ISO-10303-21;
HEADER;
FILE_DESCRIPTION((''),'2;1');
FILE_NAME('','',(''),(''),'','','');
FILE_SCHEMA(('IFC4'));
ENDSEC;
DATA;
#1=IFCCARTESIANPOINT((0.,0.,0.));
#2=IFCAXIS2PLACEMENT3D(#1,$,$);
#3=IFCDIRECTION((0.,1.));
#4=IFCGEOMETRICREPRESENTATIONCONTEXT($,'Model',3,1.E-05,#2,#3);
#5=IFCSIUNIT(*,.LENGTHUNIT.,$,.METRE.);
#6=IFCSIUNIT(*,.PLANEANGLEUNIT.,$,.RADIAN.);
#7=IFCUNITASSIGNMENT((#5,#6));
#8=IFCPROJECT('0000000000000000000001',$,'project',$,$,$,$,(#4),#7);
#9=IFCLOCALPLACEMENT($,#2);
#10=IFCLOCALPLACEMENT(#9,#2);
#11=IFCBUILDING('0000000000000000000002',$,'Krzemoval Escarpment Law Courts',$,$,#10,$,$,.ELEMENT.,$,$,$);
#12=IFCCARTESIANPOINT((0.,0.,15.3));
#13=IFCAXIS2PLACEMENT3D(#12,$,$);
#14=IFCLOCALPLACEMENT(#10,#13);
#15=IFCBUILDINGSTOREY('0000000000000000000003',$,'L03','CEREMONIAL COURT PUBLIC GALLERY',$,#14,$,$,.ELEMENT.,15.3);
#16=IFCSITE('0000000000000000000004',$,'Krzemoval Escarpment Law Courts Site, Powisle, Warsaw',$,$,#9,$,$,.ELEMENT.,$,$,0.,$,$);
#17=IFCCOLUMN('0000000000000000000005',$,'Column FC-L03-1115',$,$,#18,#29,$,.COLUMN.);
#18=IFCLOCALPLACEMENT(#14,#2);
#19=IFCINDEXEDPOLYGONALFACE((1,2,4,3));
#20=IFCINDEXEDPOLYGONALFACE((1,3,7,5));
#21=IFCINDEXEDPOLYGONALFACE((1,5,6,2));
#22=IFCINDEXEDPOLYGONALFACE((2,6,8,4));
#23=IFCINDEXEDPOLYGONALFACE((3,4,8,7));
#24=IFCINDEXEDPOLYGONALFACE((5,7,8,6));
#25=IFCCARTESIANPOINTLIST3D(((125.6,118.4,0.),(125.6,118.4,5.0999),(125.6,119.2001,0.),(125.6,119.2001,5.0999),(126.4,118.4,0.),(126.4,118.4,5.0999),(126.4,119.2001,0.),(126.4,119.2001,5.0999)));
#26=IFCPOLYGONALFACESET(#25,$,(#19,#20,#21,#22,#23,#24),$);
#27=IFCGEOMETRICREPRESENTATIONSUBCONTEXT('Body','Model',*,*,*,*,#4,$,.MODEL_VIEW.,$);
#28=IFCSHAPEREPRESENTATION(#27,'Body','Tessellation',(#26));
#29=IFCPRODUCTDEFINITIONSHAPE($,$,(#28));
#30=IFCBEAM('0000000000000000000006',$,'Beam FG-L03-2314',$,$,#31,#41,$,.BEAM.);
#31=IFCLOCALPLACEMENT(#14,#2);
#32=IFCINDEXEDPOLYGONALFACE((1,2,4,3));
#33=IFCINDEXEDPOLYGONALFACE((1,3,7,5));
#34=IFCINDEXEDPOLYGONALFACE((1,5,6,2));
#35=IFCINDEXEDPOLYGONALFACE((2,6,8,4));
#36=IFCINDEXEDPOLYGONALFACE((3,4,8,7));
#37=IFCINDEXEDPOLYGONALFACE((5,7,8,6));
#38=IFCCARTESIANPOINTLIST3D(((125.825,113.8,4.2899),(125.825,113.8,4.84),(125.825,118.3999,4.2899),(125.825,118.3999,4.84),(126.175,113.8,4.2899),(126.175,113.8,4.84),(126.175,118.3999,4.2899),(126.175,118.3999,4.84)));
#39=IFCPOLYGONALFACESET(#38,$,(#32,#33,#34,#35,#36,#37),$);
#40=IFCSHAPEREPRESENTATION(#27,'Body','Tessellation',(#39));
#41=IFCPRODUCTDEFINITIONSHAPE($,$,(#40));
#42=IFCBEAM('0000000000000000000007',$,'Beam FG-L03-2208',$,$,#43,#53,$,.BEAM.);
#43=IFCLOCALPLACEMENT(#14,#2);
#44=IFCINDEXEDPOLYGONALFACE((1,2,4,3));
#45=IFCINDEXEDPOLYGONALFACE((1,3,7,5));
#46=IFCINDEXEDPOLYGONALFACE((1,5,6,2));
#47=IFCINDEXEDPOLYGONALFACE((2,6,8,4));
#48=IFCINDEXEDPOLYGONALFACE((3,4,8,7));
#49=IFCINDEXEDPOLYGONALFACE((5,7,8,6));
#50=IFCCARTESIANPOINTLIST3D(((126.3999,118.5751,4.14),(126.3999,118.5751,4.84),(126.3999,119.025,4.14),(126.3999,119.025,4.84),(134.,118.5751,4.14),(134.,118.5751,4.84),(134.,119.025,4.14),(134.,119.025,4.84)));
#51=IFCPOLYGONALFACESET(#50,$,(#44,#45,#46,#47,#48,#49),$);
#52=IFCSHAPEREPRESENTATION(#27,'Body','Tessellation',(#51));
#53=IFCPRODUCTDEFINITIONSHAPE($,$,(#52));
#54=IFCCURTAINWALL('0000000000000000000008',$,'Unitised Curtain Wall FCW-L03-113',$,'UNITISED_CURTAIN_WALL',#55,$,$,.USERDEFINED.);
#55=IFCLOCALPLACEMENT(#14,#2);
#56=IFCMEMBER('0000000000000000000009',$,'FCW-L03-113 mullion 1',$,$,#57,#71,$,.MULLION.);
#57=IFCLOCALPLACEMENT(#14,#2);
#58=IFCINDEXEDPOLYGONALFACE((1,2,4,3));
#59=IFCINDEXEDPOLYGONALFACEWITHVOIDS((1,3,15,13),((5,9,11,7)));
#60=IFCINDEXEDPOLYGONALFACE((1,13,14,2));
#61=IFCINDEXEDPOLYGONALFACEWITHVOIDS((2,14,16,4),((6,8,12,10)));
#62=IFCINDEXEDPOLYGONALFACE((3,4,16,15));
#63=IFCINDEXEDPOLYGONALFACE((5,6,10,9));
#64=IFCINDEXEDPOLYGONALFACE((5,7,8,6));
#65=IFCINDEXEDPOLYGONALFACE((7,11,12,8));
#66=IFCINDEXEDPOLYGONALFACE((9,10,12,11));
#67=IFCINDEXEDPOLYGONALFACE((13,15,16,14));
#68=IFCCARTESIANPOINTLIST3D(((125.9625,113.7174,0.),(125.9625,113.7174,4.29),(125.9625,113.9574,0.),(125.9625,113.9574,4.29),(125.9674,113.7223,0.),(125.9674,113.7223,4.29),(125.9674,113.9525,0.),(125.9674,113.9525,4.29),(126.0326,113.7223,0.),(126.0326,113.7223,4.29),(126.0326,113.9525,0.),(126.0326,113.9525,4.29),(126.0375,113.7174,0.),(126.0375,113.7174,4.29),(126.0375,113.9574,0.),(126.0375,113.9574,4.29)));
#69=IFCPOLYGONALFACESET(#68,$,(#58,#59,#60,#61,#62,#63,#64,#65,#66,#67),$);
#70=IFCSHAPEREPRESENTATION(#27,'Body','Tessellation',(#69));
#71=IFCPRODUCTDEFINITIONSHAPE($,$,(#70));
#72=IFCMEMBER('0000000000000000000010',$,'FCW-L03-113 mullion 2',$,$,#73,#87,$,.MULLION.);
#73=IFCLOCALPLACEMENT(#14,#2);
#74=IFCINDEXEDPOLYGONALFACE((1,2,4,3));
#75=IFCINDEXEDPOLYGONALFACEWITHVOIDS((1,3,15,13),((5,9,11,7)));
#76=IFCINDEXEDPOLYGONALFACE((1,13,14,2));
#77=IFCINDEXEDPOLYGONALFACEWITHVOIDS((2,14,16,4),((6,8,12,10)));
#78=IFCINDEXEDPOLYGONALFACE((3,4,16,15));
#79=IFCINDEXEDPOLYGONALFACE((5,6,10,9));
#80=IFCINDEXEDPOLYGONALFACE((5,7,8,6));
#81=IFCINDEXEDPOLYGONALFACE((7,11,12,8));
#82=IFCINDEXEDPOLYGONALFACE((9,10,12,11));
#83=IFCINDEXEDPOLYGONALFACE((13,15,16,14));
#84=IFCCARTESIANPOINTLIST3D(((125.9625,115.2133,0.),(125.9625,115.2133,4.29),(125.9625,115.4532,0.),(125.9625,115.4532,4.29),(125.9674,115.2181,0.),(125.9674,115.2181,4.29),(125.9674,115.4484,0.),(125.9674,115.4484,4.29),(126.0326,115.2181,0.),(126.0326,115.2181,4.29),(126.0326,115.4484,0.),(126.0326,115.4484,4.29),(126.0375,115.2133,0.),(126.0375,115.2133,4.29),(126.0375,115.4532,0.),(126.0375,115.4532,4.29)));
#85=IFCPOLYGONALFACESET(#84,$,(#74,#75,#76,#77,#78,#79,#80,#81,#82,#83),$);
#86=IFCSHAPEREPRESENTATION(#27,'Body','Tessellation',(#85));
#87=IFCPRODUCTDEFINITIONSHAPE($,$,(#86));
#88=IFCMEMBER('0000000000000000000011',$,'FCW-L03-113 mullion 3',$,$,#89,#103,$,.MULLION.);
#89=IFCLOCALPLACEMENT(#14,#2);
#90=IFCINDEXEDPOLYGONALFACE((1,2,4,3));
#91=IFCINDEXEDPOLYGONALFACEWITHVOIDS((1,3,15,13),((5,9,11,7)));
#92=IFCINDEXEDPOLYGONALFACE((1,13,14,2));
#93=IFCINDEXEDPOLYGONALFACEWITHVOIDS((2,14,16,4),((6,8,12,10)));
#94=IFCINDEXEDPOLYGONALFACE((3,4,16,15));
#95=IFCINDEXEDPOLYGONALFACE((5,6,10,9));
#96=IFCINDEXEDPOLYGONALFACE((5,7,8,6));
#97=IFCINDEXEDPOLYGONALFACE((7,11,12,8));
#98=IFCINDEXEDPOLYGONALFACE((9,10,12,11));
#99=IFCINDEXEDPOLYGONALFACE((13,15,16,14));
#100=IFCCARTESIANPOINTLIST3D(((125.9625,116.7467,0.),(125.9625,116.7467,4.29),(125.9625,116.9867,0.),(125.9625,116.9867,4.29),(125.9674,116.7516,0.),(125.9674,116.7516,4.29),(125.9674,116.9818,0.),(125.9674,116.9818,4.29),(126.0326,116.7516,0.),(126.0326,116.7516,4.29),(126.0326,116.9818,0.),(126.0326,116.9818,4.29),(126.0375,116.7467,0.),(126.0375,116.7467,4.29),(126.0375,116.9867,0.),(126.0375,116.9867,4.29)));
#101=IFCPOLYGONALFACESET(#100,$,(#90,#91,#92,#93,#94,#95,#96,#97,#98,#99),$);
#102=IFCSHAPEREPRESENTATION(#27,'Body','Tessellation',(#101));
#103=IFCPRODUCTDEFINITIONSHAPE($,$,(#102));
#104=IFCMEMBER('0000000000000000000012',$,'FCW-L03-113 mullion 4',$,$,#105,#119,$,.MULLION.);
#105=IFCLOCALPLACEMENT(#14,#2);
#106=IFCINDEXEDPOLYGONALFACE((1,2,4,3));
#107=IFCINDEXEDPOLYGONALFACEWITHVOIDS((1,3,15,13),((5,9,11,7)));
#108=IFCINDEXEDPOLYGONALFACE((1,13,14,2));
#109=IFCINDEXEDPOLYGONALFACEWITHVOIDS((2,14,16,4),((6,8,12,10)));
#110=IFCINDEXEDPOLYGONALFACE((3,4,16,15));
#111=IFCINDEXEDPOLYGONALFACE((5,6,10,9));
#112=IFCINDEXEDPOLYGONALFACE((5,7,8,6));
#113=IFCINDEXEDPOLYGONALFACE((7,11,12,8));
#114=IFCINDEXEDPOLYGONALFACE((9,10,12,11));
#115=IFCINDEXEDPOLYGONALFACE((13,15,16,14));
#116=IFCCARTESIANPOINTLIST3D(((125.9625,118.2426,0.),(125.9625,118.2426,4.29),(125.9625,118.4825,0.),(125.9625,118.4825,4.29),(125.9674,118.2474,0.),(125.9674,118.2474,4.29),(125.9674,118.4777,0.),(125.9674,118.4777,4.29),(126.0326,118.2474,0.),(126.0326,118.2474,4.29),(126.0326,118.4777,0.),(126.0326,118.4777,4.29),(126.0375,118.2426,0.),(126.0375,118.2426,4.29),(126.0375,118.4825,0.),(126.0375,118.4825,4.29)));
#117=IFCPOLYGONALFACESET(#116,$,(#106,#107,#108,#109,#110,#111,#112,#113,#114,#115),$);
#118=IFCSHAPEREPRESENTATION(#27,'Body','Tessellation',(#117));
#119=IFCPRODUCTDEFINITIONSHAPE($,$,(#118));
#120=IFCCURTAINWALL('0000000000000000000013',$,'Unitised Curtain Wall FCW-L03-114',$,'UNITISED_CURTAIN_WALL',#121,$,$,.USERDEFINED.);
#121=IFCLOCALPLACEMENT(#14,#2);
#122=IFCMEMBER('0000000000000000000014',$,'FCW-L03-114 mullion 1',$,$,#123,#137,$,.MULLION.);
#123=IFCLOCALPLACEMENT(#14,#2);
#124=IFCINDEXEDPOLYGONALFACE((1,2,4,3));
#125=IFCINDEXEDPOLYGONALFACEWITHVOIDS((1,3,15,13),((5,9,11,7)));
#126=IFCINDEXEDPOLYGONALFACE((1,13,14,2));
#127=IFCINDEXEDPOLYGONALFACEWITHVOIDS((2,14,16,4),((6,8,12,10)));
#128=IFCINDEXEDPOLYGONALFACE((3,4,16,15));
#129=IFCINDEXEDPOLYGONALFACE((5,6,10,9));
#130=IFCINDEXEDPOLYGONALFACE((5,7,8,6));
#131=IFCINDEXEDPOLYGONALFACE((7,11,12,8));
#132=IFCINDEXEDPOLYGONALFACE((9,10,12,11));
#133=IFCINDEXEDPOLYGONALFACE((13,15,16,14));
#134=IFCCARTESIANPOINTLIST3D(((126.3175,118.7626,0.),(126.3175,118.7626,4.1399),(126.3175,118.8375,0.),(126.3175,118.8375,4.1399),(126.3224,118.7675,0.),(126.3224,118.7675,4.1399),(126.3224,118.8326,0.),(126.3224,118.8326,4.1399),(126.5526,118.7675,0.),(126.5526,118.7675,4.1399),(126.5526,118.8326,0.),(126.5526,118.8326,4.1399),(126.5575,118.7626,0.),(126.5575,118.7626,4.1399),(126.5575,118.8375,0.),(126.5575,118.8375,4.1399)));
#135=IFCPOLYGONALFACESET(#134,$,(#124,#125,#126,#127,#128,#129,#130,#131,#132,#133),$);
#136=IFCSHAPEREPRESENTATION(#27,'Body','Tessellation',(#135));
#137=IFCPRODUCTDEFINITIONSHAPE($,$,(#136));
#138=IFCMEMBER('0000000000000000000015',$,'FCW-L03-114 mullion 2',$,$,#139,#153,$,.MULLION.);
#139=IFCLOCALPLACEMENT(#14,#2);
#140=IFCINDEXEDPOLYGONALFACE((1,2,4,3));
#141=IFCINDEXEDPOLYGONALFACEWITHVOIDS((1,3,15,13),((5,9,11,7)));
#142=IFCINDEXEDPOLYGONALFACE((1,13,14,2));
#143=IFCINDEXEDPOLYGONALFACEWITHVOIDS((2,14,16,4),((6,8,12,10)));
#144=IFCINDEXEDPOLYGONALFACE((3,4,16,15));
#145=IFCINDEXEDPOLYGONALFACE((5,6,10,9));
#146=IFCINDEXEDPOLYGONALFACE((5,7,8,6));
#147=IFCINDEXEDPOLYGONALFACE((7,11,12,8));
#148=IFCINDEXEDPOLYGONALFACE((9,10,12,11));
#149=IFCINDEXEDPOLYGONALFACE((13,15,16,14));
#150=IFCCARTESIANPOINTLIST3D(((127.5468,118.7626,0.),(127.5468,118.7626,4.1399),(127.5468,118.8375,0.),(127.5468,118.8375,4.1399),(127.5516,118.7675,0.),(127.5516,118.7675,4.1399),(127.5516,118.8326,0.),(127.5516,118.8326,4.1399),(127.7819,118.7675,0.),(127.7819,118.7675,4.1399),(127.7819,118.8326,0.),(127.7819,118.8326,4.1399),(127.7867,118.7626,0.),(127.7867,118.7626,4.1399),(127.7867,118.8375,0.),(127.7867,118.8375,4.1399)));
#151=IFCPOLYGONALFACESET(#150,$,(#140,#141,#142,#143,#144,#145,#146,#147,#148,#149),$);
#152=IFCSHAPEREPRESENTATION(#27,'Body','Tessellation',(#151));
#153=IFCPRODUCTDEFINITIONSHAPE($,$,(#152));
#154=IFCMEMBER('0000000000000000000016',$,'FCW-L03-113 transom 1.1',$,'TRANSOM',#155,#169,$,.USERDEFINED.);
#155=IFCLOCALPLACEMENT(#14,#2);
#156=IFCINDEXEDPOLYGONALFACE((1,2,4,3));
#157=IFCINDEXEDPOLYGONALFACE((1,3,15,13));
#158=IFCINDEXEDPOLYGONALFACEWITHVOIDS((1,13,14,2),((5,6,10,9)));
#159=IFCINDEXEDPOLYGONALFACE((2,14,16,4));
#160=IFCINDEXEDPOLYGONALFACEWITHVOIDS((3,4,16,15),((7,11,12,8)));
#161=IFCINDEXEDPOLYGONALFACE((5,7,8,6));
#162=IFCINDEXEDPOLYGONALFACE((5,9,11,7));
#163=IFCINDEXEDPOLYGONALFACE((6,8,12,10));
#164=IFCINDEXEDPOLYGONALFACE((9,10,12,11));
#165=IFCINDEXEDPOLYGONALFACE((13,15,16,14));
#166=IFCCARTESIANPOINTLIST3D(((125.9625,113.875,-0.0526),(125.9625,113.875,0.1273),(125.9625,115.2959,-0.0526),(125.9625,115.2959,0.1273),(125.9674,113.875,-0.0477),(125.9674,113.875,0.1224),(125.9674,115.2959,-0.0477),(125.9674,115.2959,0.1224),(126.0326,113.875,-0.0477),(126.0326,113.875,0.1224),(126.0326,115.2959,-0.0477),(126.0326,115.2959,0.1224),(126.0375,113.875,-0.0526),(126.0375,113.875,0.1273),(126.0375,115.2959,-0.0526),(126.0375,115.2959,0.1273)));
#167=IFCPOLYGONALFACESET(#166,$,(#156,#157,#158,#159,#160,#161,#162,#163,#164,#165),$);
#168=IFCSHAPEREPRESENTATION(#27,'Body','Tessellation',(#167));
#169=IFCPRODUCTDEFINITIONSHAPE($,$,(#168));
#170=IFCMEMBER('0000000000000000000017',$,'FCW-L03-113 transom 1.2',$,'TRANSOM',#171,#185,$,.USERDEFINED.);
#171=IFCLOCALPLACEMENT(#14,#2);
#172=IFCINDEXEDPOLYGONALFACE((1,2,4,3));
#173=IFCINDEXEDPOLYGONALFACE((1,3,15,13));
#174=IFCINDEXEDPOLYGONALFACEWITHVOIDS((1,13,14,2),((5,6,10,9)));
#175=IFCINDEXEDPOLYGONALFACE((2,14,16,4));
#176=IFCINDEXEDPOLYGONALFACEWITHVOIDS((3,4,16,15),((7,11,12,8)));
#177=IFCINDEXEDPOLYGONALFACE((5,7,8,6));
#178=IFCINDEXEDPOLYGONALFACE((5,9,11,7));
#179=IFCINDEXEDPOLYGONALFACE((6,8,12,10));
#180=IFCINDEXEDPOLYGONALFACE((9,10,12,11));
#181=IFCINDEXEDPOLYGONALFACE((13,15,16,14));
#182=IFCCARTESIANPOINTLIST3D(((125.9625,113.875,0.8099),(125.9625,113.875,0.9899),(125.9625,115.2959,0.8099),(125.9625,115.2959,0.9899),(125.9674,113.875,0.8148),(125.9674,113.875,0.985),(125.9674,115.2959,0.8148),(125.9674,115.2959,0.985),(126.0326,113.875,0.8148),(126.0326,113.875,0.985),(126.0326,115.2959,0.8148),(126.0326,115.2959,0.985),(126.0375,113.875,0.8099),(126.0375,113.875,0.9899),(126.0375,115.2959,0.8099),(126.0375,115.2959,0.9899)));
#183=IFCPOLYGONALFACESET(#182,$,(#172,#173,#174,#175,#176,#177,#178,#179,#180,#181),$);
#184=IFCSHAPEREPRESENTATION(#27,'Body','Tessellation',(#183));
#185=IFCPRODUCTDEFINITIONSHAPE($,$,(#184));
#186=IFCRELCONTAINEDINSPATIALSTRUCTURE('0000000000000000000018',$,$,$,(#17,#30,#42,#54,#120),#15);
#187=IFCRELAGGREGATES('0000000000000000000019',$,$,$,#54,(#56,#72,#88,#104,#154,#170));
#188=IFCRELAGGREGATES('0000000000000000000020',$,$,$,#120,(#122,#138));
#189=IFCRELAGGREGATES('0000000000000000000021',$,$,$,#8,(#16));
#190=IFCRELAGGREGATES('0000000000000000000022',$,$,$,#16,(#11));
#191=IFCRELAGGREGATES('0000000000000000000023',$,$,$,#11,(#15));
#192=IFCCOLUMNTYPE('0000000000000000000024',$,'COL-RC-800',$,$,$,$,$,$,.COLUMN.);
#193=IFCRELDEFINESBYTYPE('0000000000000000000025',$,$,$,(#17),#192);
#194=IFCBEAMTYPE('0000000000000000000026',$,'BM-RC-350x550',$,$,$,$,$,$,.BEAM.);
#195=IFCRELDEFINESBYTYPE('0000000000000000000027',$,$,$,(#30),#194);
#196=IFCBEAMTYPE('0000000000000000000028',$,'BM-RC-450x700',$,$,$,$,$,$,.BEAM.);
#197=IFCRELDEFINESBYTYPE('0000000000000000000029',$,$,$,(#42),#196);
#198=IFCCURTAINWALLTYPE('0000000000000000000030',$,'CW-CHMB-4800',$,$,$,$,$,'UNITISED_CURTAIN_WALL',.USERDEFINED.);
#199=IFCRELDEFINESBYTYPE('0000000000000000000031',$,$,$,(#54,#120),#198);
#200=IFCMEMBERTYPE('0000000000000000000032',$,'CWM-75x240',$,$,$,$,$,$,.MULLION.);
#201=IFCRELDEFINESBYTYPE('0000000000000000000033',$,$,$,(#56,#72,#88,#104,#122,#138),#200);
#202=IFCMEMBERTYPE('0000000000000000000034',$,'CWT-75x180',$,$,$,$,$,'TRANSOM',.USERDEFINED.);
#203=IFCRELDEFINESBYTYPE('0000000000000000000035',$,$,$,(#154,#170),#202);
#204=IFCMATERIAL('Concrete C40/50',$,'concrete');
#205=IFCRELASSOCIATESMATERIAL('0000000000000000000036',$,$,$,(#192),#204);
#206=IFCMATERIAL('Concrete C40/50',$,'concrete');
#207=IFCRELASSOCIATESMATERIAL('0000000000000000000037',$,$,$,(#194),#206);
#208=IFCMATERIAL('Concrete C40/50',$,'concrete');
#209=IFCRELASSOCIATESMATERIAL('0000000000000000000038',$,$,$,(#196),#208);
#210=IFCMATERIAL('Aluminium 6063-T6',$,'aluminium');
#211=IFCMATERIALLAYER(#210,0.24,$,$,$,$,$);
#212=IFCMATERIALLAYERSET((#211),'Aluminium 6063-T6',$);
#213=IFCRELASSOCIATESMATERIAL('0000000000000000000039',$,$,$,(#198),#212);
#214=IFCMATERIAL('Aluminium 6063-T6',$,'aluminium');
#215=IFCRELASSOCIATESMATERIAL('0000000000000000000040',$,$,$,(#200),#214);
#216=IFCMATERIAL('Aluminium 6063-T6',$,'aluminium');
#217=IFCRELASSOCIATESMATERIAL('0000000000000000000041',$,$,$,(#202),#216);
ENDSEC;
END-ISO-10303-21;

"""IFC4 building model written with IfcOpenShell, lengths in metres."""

from ifc_helpers import new_model, si_unit, direction, frame, origin, origin_2d, place, context, subcontext, project, spatial, rectangle, hollow_rectangle, extrude, material, layer, layer_set, material_profile, profile_set, type_object, element, aggregate, save


model = new_model("IFC4")

# Units and contexts
model_context = context("Model", 3, precision=1e-05, world=origin(), true_north=direction((0.0, 1.0)))
body_context = subcontext(model_context, "Body", "Model", "MODEL_VIEW")
ifc_project = project(units=[si_unit("LENGTHUNIT", "METRE"), si_unit("PLANEANGLEUNIT", "RADIAN")], contexts=[model_context])

# Site, building, storey
site_placement = place(None, origin())
site = spatial("IfcSite", under=ifc_project, at=site_placement, Name="Krzemoval Escarpment Law Courts Site, Powisle, Warsaw", CompositionType="ELEMENT", RefElevation=0.0)
building_placement = place(site_placement, origin())
building = spatial("IfcBuilding", under=site, at=building_placement, Name="Krzemoval Escarpment Law Courts", CompositionType="ELEMENT")
storey_placement = place(building_placement, frame((0.0, 0.0, 15.3)))
storey = spatial("IfcBuildingStorey", under=building, at=storey_placement, Name="L03", Description="CEREMONIAL COURT PUBLIC GALLERY", CompositionType="ELEMENT", Elevation=15.3)

# Column
ifc_material_1 = material(Name="Concrete C40/50", Category="concrete")
ifc_material_profile_1 = material_profile(ifc_material_1, rectangle(XDim=0.8, YDim=0.8, at=origin_2d()), Name="RC 800x800")
ifc_profile_set_1 = profile_set([ifc_material_profile_1], Name="Concrete C40/50")
column_type = type_object("IfcColumnType", Name="COL-RC-800", PredefinedType="COLUMN", material=ifc_profile_set_1)
column_placement = place(storey_placement, frame((126.0, 118.8, 0.0), z_axis=(0.0, 0.0, 1.0), x_axis=(1.0, 0.0, 0.0)))
element("IfcColumn", 1, at=column_placement, inside=storey, type_object=column_type, Name="Column FC-L03-1115", PredefinedType="COLUMN", context=body_context, shape_type="SweptSolid", body=[
    extrude(rectangle(XDim=0.8, YDim=0.8, at=origin_2d()), origin(), (0.0, 0.0, 1.0), 5.0999),
])

# Beams
ifc_material_2 = material(Name="Concrete C40/50", Category="concrete")
ifc_material_profile_2 = material_profile(ifc_material_2, rectangle(XDim=0.3501, YDim=0.55, at=origin_2d()), Name="RCB 350x550")
ifc_profile_set_2 = profile_set([ifc_material_profile_2], Name="Concrete C40/50")
beam_type_1 = type_object("IfcBeamType", Name="BM-RC-350x550", PredefinedType="BEAM", material=ifc_profile_set_2)
beam_1_placement = place(storey_placement, frame((126.0, 113.8, 4.5649), z_axis=(0.0, 1.0, 0.0), x_axis=(-1.0, 0.0, 0.0)))
element("IfcBeam", 2, at=beam_1_placement, inside=storey, type_object=beam_type_1, Name="Beam FG-L03-2314", PredefinedType="BEAM", context=body_context, shape_type="SweptSolid", body=[
    extrude(rectangle(XDim=0.3501, YDim=0.55, at=origin_2d()), origin(), (0.0, 0.0, 1.0), 4.5999),
])
ifc_material_3 = material(Name="Concrete C40/50", Category="concrete")
ifc_material_profile_3 = material_profile(ifc_material_3, rectangle(XDim=0.45, YDim=0.7, at=origin_2d()), Name="RCB 450x700")
ifc_profile_set_3 = profile_set([ifc_material_profile_3], Name="Concrete C40/50")
beam_type_2 = type_object("IfcBeamType", Name="BM-RC-450x700", PredefinedType="BEAM", material=ifc_profile_set_3)
beam_2_placement = place(storey_placement, frame((126.3999, 118.8, 4.49), z_axis=(1.0, 0.0, 0.0), x_axis=(0.0, 1.0, 0.0)))
element("IfcBeam", 3, at=beam_2_placement, inside=storey, type_object=beam_type_2, Name="Beam FG-L03-2208", PredefinedType="BEAM", context=body_context, shape_type="SweptSolid", body=[
    extrude(rectangle(XDim=0.45, YDim=0.7, at=origin_2d()), origin(), (0.0, 0.0, 1.0), 7.6001),
])

# Curtain walls, members
ifc_material_4 = material(Name="Aluminium 6063-T6", Category="aluminium")
ifc_layer_1 = layer(ifc_material_4, 0.24)
ifc_layer_set_1 = layer_set([ifc_layer_1], Name="Aluminium 6063-T6")
curtain_wall_type = type_object("IfcCurtainWallType", Name="CW-CHMB-4800", ElementType="UNITISED_CURTAIN_WALL", PredefinedType="USERDEFINED", material=ifc_layer_set_1)
curtain_wall_1_placement = place(storey_placement, origin())
curtain_wall_1 = element("IfcCurtainWall", 4, at=curtain_wall_1_placement, inside=storey, type_object=curtain_wall_type, Name="Unitised Curtain Wall FCW-L03-113", ObjectType="UNITISED_CURTAIN_WALL", PredefinedType="USERDEFINED")
ifc_material_5 = material(Name="Aluminium 6063-T6", Category="aluminium")
ifc_material_profile_4 = material_profile(ifc_material_5, hollow_rectangle(XDim=0.075, YDim=0.24, WallThickness=0.0049, at=origin_2d()), Name="ALU M75x240")
ifc_profile_set_4 = profile_set([ifc_material_profile_4], Name="Aluminium 6063-T6")
member_type_1 = type_object("IfcMemberType", Name="CWM-75x240", PredefinedType="MULLION", material=ifc_profile_set_4)
member_1_placement = place(storey_placement, frame((126.0, 113.8374, 0.0), z_axis=(0.0, 0.0, 1.0), x_axis=(-1.0, 0.0, 0.0)))
member_1 = element("IfcMember", 5, at=member_1_placement, type_object=member_type_1, Name="FCW-L03-113 mullion 1", PredefinedType="MULLION", context=body_context, shape_type="SweptSolid", body=[
    extrude(hollow_rectangle(XDim=0.075, YDim=0.24, WallThickness=0.0049, at=origin_2d()), origin(), (0.0, 0.0, 1.0), 4.29),
])
member_2_placement = place(storey_placement, frame((126.0, 115.3333, 0.0), z_axis=(0.0, 0.0, 1.0), x_axis=(-1.0, 0.0, 0.0)))
member_2 = element("IfcMember", 6, at=member_2_placement, type_object=member_type_1, Name="FCW-L03-113 mullion 2", PredefinedType="MULLION", context=body_context, shape_type="SweptSolid", body=[
    extrude(hollow_rectangle(XDim=0.075, YDim=0.24, WallThickness=0.0049, at=origin_2d()), origin(), (0.0, 0.0, 1.0), 4.29),
])
member_3_placement = place(storey_placement, frame((126.0, 116.8667, 0.0), z_axis=(0.0, 0.0, 1.0), x_axis=(-1.0, 0.0, 0.0)))
member_3 = element("IfcMember", 7, at=member_3_placement, type_object=member_type_1, Name="FCW-L03-113 mullion 3", PredefinedType="MULLION", context=body_context, shape_type="SweptSolid", body=[
    extrude(hollow_rectangle(XDim=0.075, YDim=0.24, WallThickness=0.0049, at=origin_2d()), origin(), (0.0, 0.0, 1.0), 4.29),
])
member_4_placement = place(storey_placement, frame((126.0, 118.3625, 0.0), z_axis=(0.0, 0.0, 1.0), x_axis=(-1.0, 0.0, 0.0)))
member_4 = element("IfcMember", 8, at=member_4_placement, type_object=member_type_1, Name="FCW-L03-113 mullion 4", PredefinedType="MULLION", context=body_context, shape_type="SweptSolid", body=[
    extrude(hollow_rectangle(XDim=0.075, YDim=0.24, WallThickness=0.0049, at=origin_2d()), origin(), (0.0, 0.0, 1.0), 4.29),
])
curtain_wall_2_placement = place(storey_placement, origin())
curtain_wall_2 = element("IfcCurtainWall", 9, at=curtain_wall_2_placement, inside=storey, type_object=curtain_wall_type, Name="Unitised Curtain Wall FCW-L03-114", ObjectType="UNITISED_CURTAIN_WALL", PredefinedType="USERDEFINED")
member_5_placement = place(storey_placement, frame((126.4375, 118.8, 0.0), z_axis=(0.0, 0.0, 1.0), x_axis=(0.0, 1.0, 0.0)))
member_5 = element("IfcMember", 10, at=member_5_placement, type_object=member_type_1, Name="FCW-L03-114 mullion 1", PredefinedType="MULLION", context=body_context, shape_type="SweptSolid", body=[
    extrude(hollow_rectangle(XDim=0.075, YDim=0.24, WallThickness=0.0049, at=origin_2d()), origin(), (0.0, 0.0, 1.0), 4.1399),
])
member_6_placement = place(storey_placement, frame((127.6667, 118.8, 0.0), z_axis=(0.0, 0.0, 1.0), x_axis=(0.0, 1.0, 0.0)))
member_6 = element("IfcMember", 11, at=member_6_placement, type_object=member_type_1, Name="FCW-L03-114 mullion 2", PredefinedType="MULLION", context=body_context, shape_type="SweptSolid", body=[
    extrude(hollow_rectangle(XDim=0.075, YDim=0.24, WallThickness=0.0049, at=origin_2d()), origin(), (0.0, 0.0, 1.0), 4.1399),
])

# Members
ifc_material_6 = material(Name="Aluminium 6063-T6", Category="aluminium")
ifc_material_profile_5 = material_profile(ifc_material_6, hollow_rectangle(XDim=0.075, YDim=0.1799, WallThickness=0.0049, at=origin_2d()), Name="ALU T75x180")
ifc_profile_set_5 = profile_set([ifc_material_profile_5], Name="Aluminium 6063-T6")
member_type_2 = type_object("IfcMemberType", Name="CWT-75x180", ElementType="TRANSOM", PredefinedType="USERDEFINED", material=ifc_profile_set_5)
member_7_placement = place(storey_placement, frame((126.0, 113.875, 0.0374), z_axis=(0.0, 1.0, 0.0), x_axis=(-1.0, 0.0, 0.0)))
member_7 = element("IfcMember", 12, at=member_7_placement, type_object=member_type_2, Name="FCW-L03-113 transom 1.1", ObjectType="TRANSOM", PredefinedType="USERDEFINED", context=body_context, shape_type="SweptSolid", body=[
    extrude(hollow_rectangle(XDim=0.075, YDim=0.1799, WallThickness=0.0049, at=origin_2d()), origin(), (0.0, 0.0, 1.0), 1.4209),
])
member_8_placement = place(storey_placement, frame((126.0, 113.875, 0.8999), z_axis=(0.0, 1.0, 0.0), x_axis=(-1.0, 0.0, 0.0)))
member_8 = element("IfcMember", 13, at=member_8_placement, type_object=member_type_2, Name="FCW-L03-113 transom 1.2", ObjectType="TRANSOM", PredefinedType="USERDEFINED", context=body_context, shape_type="SweptSolid", body=[
    extrude(hollow_rectangle(XDim=0.075, YDim=0.1799, WallThickness=0.0049, at=origin_2d()), origin(), (0.0, 0.0, 1.0), 1.4209),
])

aggregate(curtain_wall_1, [member_1, member_2, member_3, member_4, member_7, member_8])
aggregate(curtain_wall_2, [member_5, member_6])

save(model, "model.ifc")
